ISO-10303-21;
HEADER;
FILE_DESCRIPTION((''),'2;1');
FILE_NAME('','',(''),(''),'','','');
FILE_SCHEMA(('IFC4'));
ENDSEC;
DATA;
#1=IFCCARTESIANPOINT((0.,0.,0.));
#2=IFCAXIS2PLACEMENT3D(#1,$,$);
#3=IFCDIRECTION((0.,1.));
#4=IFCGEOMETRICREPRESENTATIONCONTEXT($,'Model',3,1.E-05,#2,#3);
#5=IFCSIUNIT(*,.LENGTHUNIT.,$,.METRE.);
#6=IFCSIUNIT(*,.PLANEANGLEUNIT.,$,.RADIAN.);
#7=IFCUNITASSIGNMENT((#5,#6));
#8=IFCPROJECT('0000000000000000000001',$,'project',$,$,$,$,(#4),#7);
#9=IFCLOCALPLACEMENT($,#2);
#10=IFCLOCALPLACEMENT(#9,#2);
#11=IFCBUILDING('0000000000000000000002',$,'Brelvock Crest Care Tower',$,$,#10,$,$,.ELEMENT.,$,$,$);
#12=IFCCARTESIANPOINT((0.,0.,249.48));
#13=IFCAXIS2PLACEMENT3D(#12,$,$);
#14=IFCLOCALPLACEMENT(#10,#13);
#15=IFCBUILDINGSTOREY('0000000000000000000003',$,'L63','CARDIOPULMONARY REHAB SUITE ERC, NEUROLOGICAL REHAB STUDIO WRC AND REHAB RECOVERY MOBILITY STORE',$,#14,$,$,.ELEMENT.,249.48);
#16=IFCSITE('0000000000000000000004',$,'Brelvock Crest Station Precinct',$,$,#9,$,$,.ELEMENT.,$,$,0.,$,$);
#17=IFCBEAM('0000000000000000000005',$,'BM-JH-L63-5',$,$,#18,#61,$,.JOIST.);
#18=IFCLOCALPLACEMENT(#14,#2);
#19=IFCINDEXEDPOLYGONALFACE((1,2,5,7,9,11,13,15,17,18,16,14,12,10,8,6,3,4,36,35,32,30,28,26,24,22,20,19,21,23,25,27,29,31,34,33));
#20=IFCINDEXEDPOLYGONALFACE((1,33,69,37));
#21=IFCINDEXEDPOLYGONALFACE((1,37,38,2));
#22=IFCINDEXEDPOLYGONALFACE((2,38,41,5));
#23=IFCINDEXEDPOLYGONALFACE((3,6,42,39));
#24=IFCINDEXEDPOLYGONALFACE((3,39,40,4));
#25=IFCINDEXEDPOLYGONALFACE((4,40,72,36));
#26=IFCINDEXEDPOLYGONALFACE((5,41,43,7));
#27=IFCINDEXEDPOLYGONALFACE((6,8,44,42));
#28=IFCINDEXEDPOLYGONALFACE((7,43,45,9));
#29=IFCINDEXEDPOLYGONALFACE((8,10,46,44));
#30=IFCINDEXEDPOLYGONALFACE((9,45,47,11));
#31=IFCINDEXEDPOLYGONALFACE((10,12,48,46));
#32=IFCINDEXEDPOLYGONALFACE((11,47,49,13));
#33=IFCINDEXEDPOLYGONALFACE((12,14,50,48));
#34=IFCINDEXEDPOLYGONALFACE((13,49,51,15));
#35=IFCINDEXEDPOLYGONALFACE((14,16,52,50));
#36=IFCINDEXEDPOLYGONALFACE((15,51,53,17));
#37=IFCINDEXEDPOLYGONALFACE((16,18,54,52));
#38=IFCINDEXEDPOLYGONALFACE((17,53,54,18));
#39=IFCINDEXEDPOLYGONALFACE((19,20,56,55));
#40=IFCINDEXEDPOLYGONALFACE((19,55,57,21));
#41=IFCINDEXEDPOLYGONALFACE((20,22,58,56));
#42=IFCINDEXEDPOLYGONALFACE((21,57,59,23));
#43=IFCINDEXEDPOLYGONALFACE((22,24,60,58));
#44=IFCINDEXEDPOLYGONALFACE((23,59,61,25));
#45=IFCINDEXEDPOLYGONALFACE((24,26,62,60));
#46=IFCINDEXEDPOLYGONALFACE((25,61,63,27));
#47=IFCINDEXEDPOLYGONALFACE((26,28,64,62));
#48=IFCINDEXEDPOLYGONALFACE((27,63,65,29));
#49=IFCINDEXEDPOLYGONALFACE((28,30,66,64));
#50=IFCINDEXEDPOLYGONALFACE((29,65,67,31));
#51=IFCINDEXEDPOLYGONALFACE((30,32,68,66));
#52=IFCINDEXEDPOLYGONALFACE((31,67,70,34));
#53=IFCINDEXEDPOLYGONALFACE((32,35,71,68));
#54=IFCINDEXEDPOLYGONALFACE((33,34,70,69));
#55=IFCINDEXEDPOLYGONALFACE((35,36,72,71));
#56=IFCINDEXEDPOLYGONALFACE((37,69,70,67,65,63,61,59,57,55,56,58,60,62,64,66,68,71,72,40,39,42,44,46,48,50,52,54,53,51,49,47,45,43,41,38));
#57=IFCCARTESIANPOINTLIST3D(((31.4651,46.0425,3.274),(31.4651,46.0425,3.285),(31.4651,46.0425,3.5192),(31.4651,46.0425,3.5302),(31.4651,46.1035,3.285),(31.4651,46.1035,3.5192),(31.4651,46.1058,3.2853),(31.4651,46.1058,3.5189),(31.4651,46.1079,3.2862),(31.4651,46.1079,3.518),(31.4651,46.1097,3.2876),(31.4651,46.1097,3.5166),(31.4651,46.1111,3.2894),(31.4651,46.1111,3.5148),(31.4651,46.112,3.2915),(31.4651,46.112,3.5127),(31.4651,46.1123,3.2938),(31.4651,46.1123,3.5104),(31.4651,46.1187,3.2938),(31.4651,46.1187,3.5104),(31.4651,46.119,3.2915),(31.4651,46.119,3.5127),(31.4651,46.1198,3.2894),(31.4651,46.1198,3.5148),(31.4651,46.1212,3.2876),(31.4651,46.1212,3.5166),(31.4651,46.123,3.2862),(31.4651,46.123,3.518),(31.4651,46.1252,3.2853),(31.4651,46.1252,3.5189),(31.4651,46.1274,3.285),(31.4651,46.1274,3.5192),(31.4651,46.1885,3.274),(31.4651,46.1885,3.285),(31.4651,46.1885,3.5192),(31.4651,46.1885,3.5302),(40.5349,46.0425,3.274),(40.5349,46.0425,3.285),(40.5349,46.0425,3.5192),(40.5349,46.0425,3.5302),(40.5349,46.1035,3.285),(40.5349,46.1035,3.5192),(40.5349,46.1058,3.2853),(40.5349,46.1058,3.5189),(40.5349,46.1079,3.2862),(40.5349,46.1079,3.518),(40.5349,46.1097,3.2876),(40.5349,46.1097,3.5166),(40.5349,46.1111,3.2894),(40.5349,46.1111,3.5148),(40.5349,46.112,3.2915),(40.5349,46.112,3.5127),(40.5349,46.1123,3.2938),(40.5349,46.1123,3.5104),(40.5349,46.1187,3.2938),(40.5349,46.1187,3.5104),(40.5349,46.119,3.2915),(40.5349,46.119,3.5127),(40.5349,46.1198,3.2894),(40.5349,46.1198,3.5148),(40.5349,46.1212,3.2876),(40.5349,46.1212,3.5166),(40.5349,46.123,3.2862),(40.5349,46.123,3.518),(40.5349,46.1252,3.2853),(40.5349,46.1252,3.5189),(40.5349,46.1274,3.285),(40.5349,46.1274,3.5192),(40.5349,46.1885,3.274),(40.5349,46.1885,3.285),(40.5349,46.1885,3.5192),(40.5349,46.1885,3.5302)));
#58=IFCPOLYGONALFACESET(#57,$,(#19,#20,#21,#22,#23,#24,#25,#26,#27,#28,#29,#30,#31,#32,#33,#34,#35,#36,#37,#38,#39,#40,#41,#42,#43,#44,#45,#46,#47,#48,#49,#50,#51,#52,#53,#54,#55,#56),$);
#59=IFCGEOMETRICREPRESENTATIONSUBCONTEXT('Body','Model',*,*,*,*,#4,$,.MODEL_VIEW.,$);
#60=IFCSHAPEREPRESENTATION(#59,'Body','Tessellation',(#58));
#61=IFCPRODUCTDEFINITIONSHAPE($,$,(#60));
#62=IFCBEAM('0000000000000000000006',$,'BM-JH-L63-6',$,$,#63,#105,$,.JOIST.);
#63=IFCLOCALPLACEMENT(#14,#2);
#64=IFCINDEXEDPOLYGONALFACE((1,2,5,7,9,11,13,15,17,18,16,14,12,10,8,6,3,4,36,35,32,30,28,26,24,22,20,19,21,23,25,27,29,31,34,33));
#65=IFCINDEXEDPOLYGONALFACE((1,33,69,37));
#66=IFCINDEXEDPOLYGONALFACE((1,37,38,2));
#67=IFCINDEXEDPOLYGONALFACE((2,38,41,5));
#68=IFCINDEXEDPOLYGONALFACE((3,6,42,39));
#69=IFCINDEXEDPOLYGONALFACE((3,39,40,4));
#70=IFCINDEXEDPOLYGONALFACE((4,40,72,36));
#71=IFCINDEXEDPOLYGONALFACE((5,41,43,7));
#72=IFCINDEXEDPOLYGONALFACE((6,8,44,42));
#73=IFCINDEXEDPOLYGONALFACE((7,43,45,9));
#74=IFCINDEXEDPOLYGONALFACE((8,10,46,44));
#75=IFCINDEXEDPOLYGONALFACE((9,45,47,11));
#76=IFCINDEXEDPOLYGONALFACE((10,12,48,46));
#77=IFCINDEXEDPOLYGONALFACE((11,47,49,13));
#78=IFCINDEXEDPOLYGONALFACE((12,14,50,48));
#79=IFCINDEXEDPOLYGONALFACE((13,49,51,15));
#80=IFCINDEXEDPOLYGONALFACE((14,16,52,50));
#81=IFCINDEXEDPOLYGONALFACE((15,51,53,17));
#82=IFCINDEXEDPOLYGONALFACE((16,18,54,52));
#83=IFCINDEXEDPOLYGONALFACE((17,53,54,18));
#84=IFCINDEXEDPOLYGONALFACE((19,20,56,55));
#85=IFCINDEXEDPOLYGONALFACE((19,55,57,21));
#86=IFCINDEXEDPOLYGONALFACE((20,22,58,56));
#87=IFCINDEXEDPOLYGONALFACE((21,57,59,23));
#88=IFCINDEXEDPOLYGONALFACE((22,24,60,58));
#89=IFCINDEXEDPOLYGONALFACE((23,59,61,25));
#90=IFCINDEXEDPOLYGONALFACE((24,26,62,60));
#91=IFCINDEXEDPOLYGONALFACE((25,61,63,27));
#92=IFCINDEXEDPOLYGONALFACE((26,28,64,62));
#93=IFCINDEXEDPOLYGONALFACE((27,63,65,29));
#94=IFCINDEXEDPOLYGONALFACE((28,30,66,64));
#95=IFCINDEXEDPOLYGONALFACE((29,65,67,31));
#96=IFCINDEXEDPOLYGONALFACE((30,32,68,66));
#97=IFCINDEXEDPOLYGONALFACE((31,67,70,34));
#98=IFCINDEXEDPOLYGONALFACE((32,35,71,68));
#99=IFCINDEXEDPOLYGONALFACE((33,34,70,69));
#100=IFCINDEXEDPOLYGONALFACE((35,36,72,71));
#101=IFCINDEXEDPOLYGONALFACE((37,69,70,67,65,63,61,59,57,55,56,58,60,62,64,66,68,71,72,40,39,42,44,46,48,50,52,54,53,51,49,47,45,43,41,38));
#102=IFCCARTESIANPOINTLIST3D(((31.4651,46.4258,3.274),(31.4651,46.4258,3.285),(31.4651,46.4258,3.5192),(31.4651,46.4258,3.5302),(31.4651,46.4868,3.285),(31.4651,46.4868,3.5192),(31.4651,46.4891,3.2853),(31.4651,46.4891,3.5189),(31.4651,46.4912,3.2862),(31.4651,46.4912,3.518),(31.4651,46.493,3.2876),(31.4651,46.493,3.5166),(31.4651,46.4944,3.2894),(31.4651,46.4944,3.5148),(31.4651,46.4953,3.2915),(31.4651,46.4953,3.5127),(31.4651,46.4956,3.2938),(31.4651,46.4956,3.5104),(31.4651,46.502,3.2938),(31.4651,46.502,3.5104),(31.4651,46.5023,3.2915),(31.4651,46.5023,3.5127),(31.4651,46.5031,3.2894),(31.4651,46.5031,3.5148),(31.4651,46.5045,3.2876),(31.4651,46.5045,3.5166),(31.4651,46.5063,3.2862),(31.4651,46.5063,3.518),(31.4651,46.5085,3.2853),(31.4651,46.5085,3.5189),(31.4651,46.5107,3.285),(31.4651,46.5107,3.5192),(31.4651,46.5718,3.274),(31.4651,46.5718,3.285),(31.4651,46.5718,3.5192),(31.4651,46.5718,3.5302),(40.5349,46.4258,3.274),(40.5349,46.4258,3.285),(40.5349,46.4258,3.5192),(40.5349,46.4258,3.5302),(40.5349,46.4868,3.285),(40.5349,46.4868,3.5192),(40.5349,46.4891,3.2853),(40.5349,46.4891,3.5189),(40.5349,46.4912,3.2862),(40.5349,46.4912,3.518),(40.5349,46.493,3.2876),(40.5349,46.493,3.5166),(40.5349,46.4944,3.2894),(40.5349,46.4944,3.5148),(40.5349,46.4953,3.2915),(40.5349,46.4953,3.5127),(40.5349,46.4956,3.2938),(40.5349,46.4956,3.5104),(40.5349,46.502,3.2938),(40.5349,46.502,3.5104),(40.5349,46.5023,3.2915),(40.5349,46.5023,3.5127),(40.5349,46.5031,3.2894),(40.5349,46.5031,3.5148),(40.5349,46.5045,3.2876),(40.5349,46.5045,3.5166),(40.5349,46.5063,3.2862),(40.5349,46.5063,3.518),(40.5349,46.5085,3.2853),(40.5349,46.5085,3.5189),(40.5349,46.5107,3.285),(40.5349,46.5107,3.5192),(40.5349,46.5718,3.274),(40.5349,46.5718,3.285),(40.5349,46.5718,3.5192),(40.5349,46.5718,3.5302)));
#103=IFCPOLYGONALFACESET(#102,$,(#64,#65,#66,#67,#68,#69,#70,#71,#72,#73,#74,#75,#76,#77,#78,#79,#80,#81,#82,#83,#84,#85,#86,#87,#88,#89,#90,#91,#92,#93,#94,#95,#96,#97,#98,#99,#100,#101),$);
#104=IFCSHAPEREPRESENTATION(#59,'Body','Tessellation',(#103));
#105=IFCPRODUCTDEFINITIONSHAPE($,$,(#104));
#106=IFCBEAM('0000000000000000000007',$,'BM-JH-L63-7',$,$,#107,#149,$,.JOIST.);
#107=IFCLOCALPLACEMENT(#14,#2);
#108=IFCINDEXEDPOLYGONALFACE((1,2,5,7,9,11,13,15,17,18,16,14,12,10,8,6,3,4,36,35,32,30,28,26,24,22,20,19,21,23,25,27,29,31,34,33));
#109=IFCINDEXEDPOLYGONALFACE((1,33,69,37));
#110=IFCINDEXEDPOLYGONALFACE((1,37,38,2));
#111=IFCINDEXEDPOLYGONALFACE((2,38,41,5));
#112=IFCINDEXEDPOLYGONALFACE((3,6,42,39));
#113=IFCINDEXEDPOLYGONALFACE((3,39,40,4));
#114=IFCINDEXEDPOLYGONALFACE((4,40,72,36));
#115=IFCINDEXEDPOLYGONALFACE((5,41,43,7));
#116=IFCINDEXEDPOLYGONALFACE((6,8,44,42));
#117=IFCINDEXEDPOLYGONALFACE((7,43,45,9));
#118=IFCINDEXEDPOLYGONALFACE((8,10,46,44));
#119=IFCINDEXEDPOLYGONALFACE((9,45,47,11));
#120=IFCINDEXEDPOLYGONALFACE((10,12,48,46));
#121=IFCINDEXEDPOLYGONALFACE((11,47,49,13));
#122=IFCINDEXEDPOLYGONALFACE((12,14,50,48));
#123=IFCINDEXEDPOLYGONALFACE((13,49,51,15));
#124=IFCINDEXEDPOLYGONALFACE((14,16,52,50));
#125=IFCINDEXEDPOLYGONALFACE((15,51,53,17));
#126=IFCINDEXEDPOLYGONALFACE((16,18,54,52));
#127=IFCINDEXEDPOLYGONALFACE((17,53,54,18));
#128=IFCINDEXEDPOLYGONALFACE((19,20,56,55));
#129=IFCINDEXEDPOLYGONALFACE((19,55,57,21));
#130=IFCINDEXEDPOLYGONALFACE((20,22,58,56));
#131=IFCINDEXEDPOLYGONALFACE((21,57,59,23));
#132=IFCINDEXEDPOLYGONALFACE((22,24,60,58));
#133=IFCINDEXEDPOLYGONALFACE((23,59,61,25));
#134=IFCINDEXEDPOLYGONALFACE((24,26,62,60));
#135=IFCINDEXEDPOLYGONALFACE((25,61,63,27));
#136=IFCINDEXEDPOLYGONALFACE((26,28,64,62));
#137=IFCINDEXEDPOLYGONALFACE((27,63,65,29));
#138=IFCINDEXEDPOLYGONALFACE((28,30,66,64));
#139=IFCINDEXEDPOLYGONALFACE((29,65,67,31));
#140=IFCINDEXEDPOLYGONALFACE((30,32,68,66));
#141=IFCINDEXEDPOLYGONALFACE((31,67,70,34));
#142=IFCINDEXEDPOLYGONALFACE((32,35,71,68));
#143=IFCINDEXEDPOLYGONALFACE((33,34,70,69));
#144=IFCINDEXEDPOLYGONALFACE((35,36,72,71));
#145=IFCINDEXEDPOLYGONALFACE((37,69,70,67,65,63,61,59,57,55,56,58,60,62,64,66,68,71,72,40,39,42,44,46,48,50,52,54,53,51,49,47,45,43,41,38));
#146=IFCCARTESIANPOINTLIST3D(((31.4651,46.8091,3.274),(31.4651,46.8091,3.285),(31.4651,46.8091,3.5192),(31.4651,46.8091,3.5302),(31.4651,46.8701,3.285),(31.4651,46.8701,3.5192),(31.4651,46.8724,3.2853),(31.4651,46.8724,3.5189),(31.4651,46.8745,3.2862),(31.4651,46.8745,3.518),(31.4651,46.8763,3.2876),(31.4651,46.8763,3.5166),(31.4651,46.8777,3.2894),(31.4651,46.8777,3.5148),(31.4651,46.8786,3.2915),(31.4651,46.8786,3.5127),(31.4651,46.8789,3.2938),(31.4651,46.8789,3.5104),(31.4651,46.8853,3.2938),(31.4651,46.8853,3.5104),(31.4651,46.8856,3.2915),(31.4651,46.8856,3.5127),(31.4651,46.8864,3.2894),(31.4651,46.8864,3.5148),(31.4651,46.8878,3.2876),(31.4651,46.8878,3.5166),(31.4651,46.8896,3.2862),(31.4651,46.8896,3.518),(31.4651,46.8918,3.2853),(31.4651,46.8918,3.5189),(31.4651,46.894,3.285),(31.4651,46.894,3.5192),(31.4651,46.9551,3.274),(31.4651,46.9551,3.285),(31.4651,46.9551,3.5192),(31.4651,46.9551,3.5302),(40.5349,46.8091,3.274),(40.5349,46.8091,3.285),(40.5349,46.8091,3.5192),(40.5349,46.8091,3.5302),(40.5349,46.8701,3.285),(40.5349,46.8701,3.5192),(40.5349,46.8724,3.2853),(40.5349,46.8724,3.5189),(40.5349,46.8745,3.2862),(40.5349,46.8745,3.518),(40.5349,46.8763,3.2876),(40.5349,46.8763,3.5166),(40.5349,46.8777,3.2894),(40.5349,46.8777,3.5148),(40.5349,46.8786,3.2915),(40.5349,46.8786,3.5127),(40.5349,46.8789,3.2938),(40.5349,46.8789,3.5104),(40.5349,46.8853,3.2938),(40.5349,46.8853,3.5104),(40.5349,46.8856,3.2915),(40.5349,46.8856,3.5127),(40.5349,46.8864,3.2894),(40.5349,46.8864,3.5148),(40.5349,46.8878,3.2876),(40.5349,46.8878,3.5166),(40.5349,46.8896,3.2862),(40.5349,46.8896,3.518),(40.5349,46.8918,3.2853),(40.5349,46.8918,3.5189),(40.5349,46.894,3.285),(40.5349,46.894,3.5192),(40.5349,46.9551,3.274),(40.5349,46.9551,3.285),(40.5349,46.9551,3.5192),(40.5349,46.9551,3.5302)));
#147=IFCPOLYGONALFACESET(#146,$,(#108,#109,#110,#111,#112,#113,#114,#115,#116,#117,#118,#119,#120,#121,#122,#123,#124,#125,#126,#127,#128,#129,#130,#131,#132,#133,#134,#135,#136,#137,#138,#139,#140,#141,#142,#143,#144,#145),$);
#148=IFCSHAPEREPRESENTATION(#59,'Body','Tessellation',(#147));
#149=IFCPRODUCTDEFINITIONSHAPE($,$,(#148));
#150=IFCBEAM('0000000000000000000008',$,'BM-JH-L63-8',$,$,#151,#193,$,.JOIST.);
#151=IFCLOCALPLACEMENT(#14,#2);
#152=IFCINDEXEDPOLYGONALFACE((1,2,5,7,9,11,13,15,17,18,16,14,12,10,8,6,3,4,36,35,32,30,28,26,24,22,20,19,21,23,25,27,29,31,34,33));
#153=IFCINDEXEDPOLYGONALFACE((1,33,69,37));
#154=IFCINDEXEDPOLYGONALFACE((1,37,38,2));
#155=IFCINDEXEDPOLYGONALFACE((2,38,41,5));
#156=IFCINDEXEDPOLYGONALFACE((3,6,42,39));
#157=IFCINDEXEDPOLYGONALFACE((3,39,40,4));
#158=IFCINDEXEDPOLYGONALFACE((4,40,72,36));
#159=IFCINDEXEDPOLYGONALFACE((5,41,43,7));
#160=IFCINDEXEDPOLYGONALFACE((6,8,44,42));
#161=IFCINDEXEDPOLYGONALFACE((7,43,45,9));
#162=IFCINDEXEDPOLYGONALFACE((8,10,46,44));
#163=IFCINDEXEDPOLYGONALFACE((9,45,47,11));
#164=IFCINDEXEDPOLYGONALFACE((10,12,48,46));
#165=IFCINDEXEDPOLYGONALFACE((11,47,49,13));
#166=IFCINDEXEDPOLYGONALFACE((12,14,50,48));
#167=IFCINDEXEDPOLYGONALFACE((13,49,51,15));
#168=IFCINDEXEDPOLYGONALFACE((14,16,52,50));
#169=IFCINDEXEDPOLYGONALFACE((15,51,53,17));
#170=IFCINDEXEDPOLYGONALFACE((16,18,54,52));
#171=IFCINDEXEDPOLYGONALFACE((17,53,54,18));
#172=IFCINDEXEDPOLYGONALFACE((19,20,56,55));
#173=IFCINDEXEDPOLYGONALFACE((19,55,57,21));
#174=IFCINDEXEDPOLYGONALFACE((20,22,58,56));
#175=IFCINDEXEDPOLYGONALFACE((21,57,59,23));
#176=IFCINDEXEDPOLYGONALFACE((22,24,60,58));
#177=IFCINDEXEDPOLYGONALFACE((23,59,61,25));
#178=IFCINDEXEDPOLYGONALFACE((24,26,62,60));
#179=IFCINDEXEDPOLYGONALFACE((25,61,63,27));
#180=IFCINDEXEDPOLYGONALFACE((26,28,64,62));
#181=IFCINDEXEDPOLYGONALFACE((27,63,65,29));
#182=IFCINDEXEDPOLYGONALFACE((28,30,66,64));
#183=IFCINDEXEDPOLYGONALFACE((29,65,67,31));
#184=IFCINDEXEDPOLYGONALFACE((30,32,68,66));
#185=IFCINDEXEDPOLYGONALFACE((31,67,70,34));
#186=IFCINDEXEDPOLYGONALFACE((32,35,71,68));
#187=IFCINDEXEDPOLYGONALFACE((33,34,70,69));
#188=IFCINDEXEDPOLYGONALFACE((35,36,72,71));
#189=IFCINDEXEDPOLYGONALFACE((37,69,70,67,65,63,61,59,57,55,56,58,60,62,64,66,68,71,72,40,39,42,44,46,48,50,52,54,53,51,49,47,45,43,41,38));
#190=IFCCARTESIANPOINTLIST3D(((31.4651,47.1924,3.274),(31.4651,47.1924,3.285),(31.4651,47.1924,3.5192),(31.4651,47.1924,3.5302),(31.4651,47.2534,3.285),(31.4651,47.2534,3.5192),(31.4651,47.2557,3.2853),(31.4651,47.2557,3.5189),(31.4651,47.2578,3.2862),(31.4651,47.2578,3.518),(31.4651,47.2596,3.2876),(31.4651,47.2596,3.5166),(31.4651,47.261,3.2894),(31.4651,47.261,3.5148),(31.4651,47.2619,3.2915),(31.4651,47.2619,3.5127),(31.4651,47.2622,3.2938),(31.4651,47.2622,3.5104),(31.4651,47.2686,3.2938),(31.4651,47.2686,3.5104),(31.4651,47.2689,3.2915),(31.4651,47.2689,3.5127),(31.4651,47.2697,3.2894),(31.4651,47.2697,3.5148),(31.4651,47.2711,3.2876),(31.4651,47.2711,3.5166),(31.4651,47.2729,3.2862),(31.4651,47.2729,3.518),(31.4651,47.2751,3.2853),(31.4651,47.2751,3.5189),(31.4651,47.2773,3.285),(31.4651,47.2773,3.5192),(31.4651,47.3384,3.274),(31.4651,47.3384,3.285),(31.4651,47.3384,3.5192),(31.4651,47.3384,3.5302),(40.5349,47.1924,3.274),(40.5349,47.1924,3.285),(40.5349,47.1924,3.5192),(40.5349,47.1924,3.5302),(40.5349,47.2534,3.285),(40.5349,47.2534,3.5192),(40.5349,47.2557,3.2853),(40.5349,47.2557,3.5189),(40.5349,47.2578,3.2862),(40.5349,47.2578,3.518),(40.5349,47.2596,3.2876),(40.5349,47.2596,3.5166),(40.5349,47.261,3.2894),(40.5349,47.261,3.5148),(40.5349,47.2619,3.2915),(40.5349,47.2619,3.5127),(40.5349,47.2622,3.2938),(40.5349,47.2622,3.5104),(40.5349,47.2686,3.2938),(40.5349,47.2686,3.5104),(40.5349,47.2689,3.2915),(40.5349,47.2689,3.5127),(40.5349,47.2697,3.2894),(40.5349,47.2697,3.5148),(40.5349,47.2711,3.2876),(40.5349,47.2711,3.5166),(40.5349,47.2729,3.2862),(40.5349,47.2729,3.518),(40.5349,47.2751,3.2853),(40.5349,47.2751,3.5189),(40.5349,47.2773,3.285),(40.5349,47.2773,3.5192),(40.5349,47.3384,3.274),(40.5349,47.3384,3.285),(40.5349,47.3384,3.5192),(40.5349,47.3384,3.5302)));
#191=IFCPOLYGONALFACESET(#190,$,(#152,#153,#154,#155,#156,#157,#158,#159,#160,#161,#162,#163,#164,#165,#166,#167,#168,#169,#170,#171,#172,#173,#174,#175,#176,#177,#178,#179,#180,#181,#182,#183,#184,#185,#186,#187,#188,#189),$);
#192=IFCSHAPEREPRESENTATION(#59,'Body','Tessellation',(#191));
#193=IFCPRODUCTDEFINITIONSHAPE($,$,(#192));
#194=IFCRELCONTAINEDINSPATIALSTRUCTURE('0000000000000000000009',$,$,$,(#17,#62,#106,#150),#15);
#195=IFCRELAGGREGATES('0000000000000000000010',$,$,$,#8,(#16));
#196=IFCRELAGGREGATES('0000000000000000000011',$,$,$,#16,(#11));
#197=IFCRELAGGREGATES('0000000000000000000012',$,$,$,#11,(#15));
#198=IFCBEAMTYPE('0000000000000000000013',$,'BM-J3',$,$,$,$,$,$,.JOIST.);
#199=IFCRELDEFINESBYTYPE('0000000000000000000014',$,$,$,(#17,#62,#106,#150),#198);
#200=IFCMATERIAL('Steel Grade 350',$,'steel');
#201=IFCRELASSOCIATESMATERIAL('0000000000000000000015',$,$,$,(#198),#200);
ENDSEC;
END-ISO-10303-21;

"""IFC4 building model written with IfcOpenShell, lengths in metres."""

from ifc_helpers import new_model, si_unit, direction, frame, origin, origin_2d, place, context, subcontext, project, spatial, i_section, extrude, source, transform, mapped, material, material_profile, profile_set, type_object, element, save


model = new_model("IFC4")

# Units and contexts
model_context = context("Model", 3, precision=1e-05, world=origin(), true_north=direction((0.0, 1.0)))
body_context = subcontext(model_context, "Body", "Model", "MODEL_VIEW")
ifc_project = project(units=[si_unit("LENGTHUNIT", "METRE"), si_unit("PLANEANGLEUNIT", "RADIAN")], contexts=[model_context])

# Site, building, storey
site_placement = place(None, origin())
site = spatial("IfcSite", under=ifc_project, at=site_placement, Name="Brelvock Crest Station Precinct", CompositionType="ELEMENT", RefElevation=0.0)
building_placement = place(site_placement, origin())
building = spatial("IfcBuilding", under=site, at=building_placement, Name="Brelvock Crest Care Tower", CompositionType="ELEMENT")
storey_placement = place(building_placement, frame((0.0, 0.0, 249.48)))
storey = spatial("IfcBuildingStorey", under=building, at=storey_placement, Name="L63", Description="CARDIOPULMONARY REHAB SUITE ERC, NEUROLOGICAL REHAB STUDIO WRC AND REHAB RECOVERY MOBILITY STORE", CompositionType="ELEMENT", Elevation=249.48)

# Beams
ifc_material_1 = material(Name="Steel Grade 350", Category="steel")
ifc_material_profile_1 = material_profile(ifc_material_1, i_section(OverallWidth=0.146, OverallDepth=0.2561, WebThickness=0.0063, FlangeThickness=0.011, FilletRadius=0.0088, at=origin_2d()), Name="250UB37.3")
ifc_profile_set_1 = profile_set([ifc_material_profile_1], Name="Steel Grade 350")
beam_type_1 = type_object("IfcBeamType", Name="BM-J3", PredefinedType="JOIST", material=ifc_profile_set_1)
shared_shape_1 = source(origin(), body_context, "Body", "SweptSolid", [
    extrude(i_section(OverallWidth=0.146, OverallDepth=0.2561, WebThickness=0.0063, FlangeThickness=0.011, FilletRadius=0.0088, at=origin_2d()), origin(), (0.0, 0.0, 1.0), 9.0698),
])
for number, where, z_axis, x_axis, name in (
    (1, (31.4651, 46.1155, 3.4021), (1.0, 0.0, 0.0), (0.0, 1.0, 0.0), "BM-JH-L63-5"),
    (2, (31.4651, 46.4988, 3.4021), (1.0, 0.0, 0.0), (0.0, 1.0, 0.0), "BM-JH-L63-6"),
    (3, (31.4651, 46.8821, 3.4021), (1.0, 0.0, 0.0), (0.0, 1.0, 0.0), "BM-JH-L63-7"),
    (4, (31.4651, 47.2654, 3.4021), (1.0, 0.0, 0.0), (0.0, 1.0, 0.0), "BM-JH-L63-8"),
):
    element("IfcBeam", number, at=place(storey_placement, frame(where, z_axis=z_axis, x_axis=x_axis)), inside=storey, type_object=beam_type_1, Name=name, PredefinedType="JOIST", context=body_context, shape_type="MappedRepresentation", body=[
        mapped(shared_shape_1, transform((0.0, 0.0, 0.0), x_axis=(1.0, 0.0, 0.0), y_axis=(0.0, 1.0, 0.0), z_axis=(0.0, 0.0, 1.0), scale=1.0)),
    ])

save(model, "model.ifc")
